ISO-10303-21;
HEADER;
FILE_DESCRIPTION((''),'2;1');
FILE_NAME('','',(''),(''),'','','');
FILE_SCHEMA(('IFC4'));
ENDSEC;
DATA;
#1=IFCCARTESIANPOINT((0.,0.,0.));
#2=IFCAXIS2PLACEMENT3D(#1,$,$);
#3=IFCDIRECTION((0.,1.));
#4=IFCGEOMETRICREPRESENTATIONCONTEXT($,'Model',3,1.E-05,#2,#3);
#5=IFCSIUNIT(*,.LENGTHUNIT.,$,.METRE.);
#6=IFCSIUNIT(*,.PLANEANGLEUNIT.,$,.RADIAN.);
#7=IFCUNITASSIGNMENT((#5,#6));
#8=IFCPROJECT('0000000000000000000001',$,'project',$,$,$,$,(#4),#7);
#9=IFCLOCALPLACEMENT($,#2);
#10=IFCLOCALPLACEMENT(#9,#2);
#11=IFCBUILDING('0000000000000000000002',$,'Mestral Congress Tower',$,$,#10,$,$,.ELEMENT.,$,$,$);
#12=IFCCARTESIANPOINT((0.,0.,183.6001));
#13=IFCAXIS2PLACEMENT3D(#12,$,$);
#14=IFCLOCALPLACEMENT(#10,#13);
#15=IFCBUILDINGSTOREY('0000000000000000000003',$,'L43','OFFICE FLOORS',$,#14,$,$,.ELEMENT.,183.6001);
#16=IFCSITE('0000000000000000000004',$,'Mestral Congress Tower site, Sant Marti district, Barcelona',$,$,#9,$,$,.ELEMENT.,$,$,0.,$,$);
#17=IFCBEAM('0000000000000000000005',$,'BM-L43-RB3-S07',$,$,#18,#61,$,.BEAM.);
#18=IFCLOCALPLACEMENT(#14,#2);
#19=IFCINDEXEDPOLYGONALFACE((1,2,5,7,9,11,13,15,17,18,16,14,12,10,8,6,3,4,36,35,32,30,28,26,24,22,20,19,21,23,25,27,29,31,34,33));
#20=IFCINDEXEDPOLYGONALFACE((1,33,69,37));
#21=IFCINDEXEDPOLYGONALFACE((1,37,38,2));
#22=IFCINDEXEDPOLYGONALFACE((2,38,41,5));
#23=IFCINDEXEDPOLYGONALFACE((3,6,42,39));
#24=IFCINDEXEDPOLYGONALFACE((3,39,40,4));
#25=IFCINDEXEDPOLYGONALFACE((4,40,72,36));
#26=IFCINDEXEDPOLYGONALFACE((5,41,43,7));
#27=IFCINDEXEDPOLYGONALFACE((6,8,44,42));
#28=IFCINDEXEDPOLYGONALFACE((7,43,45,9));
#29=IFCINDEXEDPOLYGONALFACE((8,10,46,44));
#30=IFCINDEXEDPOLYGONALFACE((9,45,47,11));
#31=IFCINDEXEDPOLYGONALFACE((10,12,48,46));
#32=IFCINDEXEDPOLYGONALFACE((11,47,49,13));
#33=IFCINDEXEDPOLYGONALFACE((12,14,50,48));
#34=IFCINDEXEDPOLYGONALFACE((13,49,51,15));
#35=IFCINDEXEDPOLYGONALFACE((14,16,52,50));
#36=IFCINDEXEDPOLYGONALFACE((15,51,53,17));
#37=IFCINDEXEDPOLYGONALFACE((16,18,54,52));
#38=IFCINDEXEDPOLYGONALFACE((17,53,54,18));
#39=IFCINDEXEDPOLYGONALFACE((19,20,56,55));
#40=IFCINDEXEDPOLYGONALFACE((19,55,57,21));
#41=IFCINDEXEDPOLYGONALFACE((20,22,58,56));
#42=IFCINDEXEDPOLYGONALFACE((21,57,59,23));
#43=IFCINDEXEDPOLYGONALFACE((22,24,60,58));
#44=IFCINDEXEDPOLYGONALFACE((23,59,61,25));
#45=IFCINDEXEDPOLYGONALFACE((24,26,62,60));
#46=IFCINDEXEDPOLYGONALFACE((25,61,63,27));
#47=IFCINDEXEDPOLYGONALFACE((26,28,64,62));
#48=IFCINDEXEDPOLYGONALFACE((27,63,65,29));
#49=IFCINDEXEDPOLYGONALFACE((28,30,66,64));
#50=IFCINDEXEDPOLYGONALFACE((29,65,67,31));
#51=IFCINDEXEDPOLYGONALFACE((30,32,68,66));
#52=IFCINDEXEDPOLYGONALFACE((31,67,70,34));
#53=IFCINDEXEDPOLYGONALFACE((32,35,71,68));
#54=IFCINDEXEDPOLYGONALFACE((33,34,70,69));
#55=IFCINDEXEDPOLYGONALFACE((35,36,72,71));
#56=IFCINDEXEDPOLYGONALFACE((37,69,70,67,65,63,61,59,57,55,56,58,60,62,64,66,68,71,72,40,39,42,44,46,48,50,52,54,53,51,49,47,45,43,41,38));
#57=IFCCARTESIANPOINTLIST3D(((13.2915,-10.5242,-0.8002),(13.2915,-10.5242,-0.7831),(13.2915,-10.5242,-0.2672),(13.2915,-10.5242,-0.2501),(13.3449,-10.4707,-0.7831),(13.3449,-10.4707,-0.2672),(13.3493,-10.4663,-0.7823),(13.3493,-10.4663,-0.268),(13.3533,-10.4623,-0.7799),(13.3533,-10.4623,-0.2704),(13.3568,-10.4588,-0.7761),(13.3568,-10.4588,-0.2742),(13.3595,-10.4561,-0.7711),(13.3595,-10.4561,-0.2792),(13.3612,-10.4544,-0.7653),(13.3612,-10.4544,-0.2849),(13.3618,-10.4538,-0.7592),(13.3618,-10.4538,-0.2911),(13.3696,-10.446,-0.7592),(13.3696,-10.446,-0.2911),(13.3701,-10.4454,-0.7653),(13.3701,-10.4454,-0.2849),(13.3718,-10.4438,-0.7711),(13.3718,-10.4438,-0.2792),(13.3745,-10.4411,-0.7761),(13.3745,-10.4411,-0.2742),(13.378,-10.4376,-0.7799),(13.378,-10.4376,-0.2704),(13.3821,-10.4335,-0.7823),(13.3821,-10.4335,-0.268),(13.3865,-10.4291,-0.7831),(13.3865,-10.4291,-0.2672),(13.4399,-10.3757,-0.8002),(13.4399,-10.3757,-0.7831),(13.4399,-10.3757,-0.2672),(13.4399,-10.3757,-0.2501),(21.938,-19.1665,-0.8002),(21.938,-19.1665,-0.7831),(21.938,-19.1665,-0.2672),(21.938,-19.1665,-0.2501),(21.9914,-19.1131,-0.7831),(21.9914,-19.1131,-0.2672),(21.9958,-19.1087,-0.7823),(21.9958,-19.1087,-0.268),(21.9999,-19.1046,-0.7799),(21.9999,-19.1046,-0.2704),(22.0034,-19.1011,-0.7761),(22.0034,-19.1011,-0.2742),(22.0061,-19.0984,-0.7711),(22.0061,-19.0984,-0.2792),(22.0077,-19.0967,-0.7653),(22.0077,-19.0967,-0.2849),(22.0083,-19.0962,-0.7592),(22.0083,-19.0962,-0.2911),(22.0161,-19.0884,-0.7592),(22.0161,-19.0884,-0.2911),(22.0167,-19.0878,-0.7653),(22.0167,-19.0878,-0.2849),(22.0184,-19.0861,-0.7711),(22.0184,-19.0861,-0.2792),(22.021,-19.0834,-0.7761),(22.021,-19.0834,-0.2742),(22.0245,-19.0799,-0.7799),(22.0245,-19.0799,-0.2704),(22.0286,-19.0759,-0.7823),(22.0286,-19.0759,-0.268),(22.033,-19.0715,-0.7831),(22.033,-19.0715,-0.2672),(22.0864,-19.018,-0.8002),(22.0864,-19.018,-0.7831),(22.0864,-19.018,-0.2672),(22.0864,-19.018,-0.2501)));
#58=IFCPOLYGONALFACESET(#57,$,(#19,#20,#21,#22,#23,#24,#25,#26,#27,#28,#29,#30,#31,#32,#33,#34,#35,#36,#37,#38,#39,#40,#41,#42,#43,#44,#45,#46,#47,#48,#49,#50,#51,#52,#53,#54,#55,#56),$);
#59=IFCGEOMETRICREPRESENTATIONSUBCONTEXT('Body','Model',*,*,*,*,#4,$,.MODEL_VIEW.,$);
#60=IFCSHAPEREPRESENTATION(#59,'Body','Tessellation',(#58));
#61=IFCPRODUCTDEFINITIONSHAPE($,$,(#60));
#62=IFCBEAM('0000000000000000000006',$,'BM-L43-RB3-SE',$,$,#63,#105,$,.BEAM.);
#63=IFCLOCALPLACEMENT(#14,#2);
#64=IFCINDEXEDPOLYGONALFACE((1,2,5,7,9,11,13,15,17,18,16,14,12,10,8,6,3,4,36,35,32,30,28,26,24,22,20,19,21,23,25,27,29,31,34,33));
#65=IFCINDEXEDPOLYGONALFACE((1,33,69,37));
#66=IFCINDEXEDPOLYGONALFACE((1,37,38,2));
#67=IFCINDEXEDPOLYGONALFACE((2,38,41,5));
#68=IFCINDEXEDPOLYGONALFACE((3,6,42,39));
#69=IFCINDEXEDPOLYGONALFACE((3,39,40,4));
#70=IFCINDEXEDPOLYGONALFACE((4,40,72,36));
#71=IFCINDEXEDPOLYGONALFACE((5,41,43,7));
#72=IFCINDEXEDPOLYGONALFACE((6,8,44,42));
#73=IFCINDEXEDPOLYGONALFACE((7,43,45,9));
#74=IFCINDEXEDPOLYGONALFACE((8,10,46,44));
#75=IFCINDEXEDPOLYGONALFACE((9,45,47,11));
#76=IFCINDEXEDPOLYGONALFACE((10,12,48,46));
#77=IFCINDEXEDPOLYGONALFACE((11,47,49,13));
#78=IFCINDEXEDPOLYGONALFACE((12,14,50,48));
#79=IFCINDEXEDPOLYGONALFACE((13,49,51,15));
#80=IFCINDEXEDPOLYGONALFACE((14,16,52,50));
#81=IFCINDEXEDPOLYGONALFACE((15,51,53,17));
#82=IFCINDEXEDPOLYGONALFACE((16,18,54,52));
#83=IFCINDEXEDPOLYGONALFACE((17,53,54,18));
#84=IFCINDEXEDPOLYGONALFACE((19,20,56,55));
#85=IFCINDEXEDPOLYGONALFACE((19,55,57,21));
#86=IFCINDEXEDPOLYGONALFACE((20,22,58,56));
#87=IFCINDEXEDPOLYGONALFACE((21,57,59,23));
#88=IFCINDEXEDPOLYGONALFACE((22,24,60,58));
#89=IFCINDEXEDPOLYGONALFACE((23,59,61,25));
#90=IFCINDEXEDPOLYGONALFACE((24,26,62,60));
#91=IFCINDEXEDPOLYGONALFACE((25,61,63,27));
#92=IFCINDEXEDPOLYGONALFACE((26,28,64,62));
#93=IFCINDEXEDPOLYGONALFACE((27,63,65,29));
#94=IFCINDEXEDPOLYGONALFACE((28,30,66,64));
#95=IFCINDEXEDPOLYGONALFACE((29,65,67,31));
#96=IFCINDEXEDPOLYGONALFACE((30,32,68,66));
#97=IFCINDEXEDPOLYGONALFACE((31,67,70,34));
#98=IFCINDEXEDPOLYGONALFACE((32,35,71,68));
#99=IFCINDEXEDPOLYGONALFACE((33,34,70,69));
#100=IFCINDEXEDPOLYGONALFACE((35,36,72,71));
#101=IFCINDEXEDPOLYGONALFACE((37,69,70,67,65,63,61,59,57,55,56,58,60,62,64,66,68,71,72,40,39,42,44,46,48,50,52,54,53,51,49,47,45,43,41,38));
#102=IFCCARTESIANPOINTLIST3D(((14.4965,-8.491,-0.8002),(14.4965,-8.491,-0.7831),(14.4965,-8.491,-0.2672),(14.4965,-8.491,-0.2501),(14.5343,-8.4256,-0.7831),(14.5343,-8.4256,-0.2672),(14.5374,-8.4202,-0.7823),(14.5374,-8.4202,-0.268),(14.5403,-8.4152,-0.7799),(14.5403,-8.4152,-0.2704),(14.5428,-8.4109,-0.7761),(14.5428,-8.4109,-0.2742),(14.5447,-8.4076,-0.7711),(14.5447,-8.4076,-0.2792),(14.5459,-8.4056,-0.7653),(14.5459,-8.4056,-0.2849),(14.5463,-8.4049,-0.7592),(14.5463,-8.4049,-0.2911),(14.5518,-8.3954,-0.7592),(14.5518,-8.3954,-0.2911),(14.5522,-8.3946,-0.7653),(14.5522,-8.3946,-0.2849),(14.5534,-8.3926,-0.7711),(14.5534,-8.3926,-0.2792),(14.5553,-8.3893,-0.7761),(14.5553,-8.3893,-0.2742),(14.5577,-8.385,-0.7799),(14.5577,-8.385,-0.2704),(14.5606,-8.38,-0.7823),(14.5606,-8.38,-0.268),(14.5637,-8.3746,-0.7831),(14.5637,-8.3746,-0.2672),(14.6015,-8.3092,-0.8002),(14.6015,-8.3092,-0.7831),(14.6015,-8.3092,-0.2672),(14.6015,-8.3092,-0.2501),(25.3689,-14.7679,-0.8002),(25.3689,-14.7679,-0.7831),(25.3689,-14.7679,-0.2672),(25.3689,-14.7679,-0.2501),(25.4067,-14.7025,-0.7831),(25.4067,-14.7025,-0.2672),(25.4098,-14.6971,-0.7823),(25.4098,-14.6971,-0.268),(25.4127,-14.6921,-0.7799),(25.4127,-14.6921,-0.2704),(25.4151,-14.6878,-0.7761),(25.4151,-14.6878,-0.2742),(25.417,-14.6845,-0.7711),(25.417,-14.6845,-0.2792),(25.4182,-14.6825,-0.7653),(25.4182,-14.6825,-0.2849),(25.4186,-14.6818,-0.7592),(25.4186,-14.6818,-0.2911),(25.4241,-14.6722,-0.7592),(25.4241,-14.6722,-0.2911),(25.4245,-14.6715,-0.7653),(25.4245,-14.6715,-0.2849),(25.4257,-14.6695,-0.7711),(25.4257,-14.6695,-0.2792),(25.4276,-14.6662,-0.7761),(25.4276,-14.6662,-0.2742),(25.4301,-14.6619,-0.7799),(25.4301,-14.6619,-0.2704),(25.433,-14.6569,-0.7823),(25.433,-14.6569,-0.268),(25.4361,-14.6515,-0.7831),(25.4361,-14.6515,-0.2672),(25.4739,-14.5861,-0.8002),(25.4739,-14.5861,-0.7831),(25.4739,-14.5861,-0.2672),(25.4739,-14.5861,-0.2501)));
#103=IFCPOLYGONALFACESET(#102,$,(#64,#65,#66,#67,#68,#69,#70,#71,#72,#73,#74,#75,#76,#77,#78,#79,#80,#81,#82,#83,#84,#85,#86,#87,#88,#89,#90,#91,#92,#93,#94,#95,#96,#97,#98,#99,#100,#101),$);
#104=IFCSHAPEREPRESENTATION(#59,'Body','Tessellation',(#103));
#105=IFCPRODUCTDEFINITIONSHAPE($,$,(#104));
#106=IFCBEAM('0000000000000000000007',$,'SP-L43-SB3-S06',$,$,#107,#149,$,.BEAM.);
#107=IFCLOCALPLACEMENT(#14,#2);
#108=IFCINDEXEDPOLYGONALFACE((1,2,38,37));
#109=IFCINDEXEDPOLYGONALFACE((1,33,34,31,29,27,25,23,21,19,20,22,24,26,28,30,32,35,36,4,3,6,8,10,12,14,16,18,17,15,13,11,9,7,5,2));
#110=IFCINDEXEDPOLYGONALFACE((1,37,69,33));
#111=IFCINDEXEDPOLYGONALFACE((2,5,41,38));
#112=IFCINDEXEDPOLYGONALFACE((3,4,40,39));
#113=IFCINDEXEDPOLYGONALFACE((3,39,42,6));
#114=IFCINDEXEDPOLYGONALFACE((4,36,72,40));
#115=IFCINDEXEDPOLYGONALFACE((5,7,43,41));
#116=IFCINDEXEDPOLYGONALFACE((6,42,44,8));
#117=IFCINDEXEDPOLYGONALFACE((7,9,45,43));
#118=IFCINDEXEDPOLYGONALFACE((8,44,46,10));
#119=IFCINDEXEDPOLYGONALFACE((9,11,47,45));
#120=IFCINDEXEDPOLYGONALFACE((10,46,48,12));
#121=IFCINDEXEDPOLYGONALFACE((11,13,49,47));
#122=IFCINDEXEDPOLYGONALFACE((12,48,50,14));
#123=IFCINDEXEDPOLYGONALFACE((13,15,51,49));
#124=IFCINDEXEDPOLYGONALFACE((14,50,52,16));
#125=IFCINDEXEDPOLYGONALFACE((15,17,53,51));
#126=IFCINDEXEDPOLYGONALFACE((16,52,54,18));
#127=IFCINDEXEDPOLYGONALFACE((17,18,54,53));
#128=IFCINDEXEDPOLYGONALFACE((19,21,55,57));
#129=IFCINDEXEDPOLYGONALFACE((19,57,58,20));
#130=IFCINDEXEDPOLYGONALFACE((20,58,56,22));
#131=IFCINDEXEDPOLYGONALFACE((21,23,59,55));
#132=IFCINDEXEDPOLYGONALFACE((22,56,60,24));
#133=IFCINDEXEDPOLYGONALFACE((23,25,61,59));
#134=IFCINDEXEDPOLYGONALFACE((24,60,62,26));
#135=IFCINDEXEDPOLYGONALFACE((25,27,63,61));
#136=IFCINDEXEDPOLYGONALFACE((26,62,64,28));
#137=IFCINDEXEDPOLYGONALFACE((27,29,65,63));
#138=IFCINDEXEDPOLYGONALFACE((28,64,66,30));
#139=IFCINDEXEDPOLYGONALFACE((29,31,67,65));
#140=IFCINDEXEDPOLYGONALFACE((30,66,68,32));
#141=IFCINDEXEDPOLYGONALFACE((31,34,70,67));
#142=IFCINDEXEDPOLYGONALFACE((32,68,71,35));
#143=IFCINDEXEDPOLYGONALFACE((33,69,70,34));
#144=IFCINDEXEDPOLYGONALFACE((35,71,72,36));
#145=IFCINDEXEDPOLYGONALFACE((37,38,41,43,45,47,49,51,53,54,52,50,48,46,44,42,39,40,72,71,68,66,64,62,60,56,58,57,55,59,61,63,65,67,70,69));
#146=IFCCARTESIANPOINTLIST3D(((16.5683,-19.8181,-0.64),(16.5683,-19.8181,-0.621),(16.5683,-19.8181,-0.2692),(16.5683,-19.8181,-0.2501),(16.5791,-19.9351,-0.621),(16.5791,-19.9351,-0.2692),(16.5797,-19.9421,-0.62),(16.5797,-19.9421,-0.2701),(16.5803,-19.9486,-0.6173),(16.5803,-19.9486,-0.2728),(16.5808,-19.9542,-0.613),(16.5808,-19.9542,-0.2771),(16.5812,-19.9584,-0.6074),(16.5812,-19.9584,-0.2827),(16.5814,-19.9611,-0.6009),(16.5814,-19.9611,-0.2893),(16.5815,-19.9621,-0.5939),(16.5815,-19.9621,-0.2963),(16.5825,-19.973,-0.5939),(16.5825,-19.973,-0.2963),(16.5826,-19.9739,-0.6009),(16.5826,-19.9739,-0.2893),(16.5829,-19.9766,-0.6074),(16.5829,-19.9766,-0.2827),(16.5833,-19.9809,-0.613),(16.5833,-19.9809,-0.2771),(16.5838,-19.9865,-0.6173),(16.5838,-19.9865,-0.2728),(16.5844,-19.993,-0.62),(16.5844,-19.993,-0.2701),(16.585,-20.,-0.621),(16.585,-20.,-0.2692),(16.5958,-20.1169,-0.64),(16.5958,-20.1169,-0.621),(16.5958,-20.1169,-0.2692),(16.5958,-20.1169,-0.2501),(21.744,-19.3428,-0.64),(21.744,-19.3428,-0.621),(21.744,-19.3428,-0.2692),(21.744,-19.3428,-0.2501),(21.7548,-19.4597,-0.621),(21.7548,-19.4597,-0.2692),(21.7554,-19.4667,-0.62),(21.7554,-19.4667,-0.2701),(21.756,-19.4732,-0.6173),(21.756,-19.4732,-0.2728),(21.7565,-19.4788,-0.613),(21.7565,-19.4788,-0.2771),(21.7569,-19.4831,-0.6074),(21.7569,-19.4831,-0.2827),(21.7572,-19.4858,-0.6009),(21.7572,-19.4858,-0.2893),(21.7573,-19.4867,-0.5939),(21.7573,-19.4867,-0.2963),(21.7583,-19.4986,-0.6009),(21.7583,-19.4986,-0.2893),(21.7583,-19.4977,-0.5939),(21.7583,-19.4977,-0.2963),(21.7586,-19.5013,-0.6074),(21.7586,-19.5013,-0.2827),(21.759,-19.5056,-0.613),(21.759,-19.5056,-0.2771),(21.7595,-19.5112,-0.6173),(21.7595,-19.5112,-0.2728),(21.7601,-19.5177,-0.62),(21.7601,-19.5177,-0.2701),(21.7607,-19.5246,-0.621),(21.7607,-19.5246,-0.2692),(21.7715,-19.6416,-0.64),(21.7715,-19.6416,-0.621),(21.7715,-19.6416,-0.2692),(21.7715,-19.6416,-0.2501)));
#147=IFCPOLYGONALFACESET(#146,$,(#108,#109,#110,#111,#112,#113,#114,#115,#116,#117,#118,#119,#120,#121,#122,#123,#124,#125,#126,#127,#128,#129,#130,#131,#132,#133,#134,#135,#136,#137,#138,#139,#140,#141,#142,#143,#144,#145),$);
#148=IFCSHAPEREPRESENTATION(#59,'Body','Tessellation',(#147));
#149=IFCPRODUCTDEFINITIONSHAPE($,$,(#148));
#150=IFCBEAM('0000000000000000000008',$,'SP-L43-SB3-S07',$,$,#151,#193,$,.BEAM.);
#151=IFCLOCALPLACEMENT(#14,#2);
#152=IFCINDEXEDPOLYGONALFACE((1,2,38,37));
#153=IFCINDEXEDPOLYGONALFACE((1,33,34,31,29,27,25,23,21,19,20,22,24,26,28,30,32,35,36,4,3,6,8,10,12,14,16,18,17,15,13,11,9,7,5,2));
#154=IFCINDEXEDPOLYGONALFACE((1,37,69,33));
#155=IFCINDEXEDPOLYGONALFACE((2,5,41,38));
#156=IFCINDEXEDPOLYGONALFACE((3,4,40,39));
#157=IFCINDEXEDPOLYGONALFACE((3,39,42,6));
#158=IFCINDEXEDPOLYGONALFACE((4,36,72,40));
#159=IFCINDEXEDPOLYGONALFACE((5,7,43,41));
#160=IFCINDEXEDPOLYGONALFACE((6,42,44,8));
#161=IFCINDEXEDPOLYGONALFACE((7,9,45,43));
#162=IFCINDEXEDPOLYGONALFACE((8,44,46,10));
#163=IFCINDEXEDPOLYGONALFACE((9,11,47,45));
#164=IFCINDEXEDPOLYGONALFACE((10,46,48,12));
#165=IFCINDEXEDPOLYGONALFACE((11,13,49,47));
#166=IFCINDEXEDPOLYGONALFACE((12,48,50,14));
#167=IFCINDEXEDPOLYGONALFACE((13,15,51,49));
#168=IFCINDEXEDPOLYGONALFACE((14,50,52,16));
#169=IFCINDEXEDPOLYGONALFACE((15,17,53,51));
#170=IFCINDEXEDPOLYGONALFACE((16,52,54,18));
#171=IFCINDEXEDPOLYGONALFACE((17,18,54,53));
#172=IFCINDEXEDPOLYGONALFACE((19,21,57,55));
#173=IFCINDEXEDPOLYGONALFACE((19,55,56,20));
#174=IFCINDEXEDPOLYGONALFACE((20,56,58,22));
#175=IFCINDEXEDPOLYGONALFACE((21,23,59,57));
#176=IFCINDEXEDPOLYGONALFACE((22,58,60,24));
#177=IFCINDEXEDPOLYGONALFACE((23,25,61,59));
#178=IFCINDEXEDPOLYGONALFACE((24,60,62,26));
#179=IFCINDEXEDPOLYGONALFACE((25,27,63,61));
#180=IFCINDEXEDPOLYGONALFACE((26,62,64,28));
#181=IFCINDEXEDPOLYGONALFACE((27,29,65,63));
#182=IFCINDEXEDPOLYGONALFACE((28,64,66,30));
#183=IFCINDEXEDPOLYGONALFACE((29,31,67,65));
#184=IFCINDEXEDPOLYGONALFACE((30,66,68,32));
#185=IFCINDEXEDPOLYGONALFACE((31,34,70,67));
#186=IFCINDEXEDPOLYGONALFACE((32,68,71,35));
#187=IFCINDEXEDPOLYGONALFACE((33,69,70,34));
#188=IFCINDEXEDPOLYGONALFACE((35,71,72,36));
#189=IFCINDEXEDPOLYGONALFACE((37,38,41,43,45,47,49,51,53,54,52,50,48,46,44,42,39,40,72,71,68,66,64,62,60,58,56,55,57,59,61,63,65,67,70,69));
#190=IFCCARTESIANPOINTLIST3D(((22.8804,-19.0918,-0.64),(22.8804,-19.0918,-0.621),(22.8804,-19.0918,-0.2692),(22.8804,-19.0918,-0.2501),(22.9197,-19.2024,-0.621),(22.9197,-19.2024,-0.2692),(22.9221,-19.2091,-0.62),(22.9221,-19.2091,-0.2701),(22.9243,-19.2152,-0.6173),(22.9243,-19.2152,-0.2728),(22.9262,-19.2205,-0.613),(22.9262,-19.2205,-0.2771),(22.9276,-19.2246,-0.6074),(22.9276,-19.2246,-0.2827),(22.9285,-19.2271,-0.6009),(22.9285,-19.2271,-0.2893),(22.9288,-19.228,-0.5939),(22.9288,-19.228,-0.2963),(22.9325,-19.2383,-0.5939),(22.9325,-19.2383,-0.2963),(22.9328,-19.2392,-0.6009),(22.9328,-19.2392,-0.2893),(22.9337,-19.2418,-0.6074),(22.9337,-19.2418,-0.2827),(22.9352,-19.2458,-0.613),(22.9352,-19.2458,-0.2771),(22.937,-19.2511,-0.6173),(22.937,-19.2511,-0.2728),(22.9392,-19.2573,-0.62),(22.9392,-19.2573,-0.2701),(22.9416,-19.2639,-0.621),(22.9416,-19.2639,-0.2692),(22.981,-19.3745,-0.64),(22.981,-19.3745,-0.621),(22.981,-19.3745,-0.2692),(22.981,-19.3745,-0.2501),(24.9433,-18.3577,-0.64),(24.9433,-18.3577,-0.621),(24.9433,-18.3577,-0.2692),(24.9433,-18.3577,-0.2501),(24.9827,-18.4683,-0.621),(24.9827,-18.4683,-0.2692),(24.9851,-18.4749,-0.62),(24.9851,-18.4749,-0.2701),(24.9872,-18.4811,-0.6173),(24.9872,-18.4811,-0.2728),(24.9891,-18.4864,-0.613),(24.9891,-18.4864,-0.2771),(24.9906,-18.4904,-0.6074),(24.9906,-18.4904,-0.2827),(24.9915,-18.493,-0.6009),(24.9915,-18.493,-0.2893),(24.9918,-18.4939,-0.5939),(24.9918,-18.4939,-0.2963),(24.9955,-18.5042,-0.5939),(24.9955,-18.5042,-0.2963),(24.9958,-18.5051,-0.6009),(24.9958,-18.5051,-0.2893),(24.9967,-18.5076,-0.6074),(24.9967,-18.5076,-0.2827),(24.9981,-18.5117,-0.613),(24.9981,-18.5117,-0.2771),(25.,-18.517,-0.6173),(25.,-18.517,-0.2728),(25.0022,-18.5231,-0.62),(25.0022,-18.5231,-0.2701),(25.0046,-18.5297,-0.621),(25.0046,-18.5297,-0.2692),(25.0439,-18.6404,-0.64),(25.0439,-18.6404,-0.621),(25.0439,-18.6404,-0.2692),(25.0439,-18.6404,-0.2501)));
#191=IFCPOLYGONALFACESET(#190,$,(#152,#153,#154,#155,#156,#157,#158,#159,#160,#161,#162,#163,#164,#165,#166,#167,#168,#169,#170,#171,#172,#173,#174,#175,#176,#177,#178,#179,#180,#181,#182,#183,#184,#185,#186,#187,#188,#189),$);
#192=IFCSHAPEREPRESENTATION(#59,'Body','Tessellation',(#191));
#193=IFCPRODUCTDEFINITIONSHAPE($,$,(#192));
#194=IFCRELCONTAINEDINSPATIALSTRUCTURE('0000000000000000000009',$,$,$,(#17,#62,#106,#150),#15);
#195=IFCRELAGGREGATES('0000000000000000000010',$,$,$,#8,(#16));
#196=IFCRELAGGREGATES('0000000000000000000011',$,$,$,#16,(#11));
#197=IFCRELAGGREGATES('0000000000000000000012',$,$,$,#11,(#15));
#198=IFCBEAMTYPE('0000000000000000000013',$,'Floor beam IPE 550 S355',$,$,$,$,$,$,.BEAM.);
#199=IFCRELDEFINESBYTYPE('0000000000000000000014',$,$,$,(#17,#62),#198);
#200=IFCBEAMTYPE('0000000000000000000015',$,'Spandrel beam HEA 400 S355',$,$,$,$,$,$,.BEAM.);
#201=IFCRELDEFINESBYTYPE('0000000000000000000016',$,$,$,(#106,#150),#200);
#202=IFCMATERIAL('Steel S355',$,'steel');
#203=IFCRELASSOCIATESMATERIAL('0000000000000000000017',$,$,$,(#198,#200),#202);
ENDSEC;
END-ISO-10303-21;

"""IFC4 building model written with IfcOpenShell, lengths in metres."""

from ifc_helpers import new_model, si_unit, direction, frame, origin, origin_2d, place, context, subcontext, project, spatial, i_section, extrude, material, material_profile, profile_set, type_object, element, save


model = new_model("IFC4")

# Units and contexts
model_context = context("Model", 3, precision=1e-05, world=origin(), true_north=direction((0.0, 1.0)))
body_context = subcontext(model_context, "Body", "Model", "MODEL_VIEW")
ifc_project = project(units=[si_unit("LENGTHUNIT", "METRE"), si_unit("PLANEANGLEUNIT", "RADIAN")], contexts=[model_context])

# Site, building, storey
site_placement = place(None, origin())
site = spatial("IfcSite", under=ifc_project, at=site_placement, Name="Mestral Congress Tower site, Sant Marti district, Barcelona", CompositionType="ELEMENT", RefElevation=0.0)
building_placement = place(site_placement, origin())
building = spatial("IfcBuilding", under=site, at=building_placement, Name="Mestral Congress Tower", CompositionType="ELEMENT")
storey_placement = place(building_placement, frame((0.0, 0.0, 183.6001)))
storey = spatial("IfcBuildingStorey", under=building, at=storey_placement, Name="L43", Description="OFFICE FLOORS", CompositionType="ELEMENT", Elevation=183.6001)

# Beams
ifc_material_1 = material(Name="Steel S355", Category="steel")
ifc_material_profile_1 = material_profile(ifc_material_1, i_section(OverallWidth=0.21, OverallDepth=0.55, WebThickness=0.011, FlangeThickness=0.0171, FilletRadius=0.0239, at=origin_2d()), Name="IPE 550")
ifc_profile_set_1 = profile_set([ifc_material_profile_1], Name="Steel S355")
beam_type_1 = type_object("IfcBeamType", Name="Floor beam IPE 550 S355", PredefinedType="BEAM", material=ifc_profile_set_1)
beam_1_placement = place(storey_placement, frame((22.0122, -19.0923, -0.5251), z_axis=(-0.707277, 0.706937, 0.0), x_axis=(-0.706937, -0.707277, 0.0)))
element("IfcBeam", 1, at=beam_1_placement, inside=storey, type_object=beam_type_1, Name="BM-L43-RB3-S07", PredefinedType="BEAM", context=body_context, shape_type="SweptSolid", body=[
    extrude(i_section(OverallWidth=0.21, OverallDepth=0.55, WebThickness=0.011, FlangeThickness=0.0171, FilletRadius=0.0239, at=origin_2d()), origin(), (0.0, 0.0, 1.0), 12.2251),
])
beam_2_placement = place(storey_placement, frame((25.4214, -14.677, -0.5251), z_axis=(-0.866035, 0.499983, 0.0), x_axis=(-0.499983, -0.866035, 0.0)))
element("IfcBeam", 2, at=beam_2_placement, inside=storey, type_object=beam_type_1, Name="BM-L43-RB3-SE", PredefinedType="BEAM", context=body_context, shape_type="SweptSolid", body=[
    extrude(i_section(OverallWidth=0.21, OverallDepth=0.55, WebThickness=0.011, FlangeThickness=0.0171, FilletRadius=0.0239, at=origin_2d()), origin(), (0.0, 0.0, 1.0), 12.5542),
])
ifc_material_profile_2 = material_profile(ifc_material_1, i_section(OverallWidth=0.3, OverallDepth=0.3899, WebThickness=0.011, FlangeThickness=0.019, FilletRadius=0.0271, at=origin_2d()), Name="HEA 400")
ifc_profile_set_2 = profile_set([ifc_material_profile_2], Name="Steel S355")
beam_type_2 = type_object("IfcBeamType", Name="Spandrel beam HEA 400 S355", PredefinedType="BEAM", material=ifc_profile_set_2)
beam_3_placement = place(storey_placement, frame((16.582, -19.9675, -0.4451), z_axis=(0.995809, 0.091455, 0.0), x_axis=(-0.091455, 0.995809, 0.0)))
element("IfcBeam", 3, at=beam_3_placement, inside=storey, type_object=beam_type_2, Name="SP-L43-SB3-S06", PredefinedType="BEAM", context=body_context, shape_type="SweptSolid", body=[
    extrude(i_section(OverallWidth=0.3, OverallDepth=0.3899, WebThickness=0.011, FlangeThickness=0.019, FilletRadius=0.0271, at=origin_2d()), origin(), (0.0, 0.0, 1.0), 5.1975),
])
beam_4_placement = place(storey_placement, frame((22.9307, -19.2332, -0.4451), z_axis=(0.942125, 0.335263, 0.0), x_axis=(-0.335263, 0.942125, 0.0)))
element("IfcBeam", 4, at=beam_4_placement, inside=storey, type_object=beam_type_2, Name="SP-L43-SB3-S07", PredefinedType="BEAM", context=body_context, shape_type="SweptSolid", body=[
    extrude(i_section(OverallWidth=0.3, OverallDepth=0.3899, WebThickness=0.011, FlangeThickness=0.019, FilletRadius=0.0271, at=origin_2d()), origin(), (0.0, 0.0, 1.0), 2.1897),
])

save(model, "model.ifc")
